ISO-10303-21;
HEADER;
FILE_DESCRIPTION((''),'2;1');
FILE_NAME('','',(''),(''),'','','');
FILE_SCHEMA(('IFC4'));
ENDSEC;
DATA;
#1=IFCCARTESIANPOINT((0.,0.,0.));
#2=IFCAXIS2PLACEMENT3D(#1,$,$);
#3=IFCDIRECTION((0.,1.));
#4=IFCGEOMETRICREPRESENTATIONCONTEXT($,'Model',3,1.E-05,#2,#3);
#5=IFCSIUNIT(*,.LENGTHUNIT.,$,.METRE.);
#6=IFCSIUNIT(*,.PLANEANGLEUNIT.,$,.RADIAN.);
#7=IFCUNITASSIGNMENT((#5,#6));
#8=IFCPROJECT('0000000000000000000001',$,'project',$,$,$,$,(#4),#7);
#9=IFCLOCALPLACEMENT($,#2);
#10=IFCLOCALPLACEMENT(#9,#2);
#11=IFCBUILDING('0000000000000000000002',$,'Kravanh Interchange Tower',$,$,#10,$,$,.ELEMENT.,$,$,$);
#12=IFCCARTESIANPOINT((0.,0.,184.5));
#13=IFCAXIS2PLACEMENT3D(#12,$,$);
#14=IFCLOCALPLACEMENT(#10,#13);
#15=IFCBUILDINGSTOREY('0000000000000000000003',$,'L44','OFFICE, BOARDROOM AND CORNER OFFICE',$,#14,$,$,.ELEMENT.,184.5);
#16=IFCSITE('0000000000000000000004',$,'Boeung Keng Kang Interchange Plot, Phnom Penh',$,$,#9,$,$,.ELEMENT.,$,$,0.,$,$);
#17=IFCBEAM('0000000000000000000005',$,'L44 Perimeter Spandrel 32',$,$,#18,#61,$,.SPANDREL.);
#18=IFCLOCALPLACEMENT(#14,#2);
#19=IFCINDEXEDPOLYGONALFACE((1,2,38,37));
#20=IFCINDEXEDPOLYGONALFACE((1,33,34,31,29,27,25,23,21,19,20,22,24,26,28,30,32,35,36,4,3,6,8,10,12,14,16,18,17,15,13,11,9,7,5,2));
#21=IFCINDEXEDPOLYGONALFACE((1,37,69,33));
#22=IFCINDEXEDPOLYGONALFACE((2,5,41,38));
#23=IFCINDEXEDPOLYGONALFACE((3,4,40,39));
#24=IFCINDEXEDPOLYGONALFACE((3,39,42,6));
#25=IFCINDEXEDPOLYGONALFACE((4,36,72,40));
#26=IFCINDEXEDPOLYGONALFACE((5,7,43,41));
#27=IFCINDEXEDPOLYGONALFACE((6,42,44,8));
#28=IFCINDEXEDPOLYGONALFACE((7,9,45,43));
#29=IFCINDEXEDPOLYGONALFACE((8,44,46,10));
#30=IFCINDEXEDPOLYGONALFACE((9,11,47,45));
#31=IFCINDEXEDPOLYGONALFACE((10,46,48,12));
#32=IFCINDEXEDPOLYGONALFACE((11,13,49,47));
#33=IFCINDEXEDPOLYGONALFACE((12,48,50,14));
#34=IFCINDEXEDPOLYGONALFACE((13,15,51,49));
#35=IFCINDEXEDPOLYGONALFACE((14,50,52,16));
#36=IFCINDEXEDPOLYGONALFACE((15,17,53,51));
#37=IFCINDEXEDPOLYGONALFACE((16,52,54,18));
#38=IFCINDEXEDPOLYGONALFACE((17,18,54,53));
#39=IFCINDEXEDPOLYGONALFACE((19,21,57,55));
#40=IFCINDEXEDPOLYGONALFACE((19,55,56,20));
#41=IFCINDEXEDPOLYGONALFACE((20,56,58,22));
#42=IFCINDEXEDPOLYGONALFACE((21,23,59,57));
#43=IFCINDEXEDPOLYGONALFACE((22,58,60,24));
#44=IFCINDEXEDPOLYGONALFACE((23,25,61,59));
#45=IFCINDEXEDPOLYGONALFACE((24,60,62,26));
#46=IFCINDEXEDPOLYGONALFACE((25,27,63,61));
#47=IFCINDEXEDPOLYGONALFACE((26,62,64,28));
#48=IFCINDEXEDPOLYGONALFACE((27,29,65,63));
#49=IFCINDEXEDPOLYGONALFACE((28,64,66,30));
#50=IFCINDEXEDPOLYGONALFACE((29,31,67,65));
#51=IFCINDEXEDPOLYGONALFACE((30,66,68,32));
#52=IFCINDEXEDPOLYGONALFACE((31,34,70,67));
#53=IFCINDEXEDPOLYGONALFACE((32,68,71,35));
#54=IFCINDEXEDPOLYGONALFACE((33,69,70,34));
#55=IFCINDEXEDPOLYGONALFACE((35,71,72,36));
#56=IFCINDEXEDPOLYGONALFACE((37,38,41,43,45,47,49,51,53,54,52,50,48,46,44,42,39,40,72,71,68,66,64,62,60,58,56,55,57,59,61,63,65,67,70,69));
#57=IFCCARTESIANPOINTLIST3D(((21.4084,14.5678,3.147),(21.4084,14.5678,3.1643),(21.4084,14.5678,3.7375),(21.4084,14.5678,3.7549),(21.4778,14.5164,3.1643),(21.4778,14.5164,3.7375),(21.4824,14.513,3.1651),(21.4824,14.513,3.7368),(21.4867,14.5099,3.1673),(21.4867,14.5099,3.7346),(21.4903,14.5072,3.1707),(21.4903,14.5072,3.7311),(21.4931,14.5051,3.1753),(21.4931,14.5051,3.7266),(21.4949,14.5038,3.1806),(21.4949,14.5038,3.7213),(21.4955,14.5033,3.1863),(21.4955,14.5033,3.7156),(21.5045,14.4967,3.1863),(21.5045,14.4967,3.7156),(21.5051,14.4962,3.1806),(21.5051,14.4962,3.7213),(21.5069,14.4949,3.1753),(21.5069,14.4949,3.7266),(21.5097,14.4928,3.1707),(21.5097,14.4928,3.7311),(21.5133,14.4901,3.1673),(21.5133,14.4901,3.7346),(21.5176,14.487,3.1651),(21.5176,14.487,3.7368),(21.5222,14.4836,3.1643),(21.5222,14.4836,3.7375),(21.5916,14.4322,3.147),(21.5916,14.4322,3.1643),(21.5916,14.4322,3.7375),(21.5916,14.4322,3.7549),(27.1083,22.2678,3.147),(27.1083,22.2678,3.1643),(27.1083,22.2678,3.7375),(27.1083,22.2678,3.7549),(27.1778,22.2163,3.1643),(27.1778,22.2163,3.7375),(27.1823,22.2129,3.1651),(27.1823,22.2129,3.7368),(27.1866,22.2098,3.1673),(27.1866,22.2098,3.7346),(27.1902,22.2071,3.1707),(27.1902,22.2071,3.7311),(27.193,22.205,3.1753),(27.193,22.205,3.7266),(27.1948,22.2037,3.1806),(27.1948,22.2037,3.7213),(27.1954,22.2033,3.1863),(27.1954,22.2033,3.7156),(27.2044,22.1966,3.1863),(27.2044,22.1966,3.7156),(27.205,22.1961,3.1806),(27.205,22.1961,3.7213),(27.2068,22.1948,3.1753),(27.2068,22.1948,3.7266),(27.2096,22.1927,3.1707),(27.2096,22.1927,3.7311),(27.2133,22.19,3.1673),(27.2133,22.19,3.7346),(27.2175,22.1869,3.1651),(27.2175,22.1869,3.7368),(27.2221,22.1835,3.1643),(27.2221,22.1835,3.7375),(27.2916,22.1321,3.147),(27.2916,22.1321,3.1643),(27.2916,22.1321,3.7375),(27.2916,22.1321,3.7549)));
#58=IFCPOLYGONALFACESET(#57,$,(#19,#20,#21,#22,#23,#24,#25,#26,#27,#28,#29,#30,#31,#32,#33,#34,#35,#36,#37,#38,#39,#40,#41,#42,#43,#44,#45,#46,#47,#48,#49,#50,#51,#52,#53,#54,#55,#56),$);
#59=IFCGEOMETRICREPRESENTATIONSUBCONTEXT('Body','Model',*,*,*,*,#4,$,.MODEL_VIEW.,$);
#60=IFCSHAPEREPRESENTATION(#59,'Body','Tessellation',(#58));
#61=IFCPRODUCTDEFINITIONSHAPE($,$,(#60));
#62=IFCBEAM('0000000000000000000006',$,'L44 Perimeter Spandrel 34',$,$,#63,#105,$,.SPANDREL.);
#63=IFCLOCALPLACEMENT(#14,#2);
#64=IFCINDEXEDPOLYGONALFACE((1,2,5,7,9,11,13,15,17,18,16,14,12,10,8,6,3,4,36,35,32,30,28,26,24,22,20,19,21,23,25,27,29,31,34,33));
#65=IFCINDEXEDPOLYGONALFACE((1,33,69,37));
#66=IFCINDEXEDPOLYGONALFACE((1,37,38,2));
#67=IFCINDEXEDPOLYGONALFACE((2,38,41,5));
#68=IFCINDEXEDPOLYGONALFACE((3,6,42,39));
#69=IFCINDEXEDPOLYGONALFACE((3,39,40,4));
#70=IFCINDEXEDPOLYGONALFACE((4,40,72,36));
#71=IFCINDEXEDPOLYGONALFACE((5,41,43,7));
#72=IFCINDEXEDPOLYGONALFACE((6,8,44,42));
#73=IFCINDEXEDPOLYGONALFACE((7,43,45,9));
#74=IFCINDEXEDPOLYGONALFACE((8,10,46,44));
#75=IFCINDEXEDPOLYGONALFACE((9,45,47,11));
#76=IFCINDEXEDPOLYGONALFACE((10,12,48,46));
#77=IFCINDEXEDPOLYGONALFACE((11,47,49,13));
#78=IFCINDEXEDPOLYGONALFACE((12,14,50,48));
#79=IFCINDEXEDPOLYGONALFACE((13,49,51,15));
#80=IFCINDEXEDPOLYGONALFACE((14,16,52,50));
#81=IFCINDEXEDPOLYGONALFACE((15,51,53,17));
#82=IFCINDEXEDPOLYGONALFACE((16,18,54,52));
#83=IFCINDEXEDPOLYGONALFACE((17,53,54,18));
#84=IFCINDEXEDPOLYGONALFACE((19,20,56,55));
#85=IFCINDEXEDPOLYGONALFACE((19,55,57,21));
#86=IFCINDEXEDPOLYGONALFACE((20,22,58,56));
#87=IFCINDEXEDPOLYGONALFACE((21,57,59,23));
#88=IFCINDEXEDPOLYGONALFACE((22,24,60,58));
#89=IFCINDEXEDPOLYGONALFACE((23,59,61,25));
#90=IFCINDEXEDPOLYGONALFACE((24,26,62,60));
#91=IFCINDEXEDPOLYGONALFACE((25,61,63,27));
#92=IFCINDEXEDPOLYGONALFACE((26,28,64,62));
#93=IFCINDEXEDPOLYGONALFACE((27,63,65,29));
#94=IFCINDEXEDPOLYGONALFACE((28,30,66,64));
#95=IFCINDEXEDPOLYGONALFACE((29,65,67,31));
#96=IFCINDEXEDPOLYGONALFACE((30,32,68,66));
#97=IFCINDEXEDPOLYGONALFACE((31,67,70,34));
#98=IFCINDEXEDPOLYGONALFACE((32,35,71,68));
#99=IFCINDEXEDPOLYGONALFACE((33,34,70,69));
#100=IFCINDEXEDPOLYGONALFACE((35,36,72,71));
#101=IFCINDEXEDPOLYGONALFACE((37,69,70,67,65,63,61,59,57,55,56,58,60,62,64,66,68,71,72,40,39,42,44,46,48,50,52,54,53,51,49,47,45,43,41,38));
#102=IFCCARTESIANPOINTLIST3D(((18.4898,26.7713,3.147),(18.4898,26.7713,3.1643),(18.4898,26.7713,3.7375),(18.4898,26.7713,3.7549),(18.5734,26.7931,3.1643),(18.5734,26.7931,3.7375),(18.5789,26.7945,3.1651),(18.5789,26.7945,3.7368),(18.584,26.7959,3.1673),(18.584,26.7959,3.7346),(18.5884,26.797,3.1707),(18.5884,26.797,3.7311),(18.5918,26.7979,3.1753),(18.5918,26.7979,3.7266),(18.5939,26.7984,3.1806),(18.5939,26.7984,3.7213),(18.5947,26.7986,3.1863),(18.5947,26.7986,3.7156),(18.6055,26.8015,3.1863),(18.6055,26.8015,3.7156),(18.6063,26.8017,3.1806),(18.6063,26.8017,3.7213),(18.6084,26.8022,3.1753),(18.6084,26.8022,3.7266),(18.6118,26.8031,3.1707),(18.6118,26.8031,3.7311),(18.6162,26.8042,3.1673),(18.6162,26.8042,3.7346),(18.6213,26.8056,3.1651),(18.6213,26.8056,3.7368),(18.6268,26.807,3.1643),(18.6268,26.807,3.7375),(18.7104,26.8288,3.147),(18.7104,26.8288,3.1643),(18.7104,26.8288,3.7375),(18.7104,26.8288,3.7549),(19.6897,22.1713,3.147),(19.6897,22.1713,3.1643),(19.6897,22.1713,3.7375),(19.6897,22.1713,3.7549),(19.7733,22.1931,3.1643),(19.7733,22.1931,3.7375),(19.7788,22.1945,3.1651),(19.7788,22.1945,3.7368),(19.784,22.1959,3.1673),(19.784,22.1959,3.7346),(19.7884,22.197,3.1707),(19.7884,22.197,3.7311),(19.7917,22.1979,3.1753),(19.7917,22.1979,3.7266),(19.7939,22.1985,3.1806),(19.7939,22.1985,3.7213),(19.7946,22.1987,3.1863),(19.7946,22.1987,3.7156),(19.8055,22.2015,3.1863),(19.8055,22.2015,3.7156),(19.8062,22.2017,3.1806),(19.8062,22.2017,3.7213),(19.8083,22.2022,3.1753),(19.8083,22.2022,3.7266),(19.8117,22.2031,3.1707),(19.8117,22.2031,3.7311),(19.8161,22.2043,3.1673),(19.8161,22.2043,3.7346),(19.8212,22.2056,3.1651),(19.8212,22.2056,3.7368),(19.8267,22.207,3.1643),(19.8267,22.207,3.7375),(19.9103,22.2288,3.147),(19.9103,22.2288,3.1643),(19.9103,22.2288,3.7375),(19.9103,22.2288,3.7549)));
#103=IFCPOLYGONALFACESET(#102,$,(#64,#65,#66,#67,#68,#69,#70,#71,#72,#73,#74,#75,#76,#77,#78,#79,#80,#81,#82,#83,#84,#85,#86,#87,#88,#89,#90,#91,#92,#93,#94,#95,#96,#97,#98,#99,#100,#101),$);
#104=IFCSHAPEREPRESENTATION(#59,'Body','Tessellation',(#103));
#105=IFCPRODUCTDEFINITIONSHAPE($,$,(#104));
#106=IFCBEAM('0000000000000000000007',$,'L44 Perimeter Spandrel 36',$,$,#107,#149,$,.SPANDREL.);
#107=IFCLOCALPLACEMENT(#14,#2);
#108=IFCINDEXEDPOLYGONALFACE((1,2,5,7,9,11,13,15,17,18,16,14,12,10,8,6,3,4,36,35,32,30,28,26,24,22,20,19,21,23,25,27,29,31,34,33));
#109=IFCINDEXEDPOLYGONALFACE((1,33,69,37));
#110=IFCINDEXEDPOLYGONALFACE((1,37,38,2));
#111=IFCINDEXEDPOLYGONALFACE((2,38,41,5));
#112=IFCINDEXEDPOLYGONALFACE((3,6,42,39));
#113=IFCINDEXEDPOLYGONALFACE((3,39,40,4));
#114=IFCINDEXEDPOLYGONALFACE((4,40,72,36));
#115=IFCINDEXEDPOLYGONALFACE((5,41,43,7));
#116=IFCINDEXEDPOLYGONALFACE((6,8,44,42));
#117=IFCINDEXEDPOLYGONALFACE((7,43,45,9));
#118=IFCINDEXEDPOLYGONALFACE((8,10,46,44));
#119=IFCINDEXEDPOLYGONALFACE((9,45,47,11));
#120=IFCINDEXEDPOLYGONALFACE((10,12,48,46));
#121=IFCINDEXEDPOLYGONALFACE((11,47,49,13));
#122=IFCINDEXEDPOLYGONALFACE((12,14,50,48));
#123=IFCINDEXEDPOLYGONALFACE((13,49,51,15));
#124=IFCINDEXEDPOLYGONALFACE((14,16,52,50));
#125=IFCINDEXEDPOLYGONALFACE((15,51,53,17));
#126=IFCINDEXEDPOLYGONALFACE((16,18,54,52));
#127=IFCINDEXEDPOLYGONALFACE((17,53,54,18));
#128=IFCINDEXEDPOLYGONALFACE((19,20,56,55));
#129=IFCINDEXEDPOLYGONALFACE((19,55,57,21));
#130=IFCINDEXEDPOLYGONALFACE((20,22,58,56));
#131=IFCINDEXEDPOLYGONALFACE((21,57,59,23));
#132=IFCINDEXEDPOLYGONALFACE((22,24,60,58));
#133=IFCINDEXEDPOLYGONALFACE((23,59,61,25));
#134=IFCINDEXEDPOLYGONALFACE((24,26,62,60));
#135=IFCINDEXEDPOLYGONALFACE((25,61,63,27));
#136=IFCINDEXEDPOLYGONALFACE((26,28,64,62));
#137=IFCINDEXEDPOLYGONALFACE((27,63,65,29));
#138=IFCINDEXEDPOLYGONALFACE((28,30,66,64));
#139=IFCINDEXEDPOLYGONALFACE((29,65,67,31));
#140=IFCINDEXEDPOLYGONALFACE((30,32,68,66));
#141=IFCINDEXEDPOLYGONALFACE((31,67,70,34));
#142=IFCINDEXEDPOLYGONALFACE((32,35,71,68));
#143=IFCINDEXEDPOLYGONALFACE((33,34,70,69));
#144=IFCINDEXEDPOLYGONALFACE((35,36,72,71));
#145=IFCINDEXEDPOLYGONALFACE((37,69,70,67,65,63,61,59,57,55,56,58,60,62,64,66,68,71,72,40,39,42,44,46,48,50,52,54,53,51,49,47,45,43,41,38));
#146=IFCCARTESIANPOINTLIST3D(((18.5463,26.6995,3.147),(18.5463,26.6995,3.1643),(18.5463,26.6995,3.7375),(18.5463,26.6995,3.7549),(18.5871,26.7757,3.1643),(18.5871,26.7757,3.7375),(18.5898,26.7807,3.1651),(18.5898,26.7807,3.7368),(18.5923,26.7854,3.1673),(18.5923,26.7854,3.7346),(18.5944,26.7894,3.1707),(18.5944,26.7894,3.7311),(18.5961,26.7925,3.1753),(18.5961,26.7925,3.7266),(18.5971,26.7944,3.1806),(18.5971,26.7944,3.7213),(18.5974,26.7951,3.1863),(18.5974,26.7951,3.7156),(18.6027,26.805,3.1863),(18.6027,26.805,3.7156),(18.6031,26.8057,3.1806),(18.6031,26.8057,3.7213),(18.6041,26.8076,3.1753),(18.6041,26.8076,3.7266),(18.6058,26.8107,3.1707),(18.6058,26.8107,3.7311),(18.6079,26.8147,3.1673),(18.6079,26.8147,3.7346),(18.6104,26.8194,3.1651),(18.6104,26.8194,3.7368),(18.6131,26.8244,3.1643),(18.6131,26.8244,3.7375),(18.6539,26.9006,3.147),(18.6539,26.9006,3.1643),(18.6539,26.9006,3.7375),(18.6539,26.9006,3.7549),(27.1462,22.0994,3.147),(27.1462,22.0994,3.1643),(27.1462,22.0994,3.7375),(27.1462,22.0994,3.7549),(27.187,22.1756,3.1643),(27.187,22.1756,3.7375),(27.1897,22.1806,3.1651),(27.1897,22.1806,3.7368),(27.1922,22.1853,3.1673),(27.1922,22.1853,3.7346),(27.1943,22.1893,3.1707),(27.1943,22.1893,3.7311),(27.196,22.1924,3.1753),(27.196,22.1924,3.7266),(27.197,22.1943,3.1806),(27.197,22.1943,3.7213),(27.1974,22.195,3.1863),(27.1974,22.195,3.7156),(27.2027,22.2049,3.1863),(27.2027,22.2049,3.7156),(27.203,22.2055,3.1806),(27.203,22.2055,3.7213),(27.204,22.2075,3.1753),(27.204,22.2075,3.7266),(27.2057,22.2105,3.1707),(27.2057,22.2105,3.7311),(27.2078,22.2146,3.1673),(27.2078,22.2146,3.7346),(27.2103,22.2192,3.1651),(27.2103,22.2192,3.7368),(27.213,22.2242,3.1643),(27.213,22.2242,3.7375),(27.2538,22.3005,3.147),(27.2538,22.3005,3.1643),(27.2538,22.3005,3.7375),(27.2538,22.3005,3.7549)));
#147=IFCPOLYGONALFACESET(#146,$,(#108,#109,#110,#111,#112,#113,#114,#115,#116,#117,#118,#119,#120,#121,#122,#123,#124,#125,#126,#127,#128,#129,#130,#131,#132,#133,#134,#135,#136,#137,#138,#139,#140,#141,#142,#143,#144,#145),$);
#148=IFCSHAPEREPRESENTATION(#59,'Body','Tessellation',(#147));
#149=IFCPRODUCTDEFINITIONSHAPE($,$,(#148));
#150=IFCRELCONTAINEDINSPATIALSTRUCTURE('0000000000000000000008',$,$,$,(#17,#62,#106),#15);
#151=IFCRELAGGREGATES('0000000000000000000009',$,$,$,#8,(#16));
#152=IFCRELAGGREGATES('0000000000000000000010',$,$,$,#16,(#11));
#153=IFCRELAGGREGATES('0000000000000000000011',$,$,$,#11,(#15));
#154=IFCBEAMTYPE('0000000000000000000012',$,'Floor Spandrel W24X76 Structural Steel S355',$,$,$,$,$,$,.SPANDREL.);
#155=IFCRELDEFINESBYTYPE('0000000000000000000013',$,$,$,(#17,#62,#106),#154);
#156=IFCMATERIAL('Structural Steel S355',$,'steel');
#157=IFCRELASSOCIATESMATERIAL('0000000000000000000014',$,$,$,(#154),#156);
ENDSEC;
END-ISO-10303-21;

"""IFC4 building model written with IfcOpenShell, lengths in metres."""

from ifc_helpers import new_model, si_unit, direction, frame, origin, origin_2d, place, context, subcontext, project, spatial, i_section, extrude, material, material_profile, profile_set, type_object, element, save


model = new_model("IFC4")

# Units and contexts
model_context = context("Model", 3, precision=1e-05, world=origin(), true_north=direction((0.0, 1.0)))
body_context = subcontext(model_context, "Body", "Model", "MODEL_VIEW")
ifc_project = project(units=[si_unit("LENGTHUNIT", "METRE"), si_unit("PLANEANGLEUNIT", "RADIAN")], contexts=[model_context])

# Site, building, storey
site_placement = place(None, origin())
site = spatial("IfcSite", under=ifc_project, at=site_placement, Name="Boeung Keng Kang Interchange Plot, Phnom Penh", CompositionType="ELEMENT", RefElevation=0.0)
building_placement = place(site_placement, origin())
building = spatial("IfcBuilding", under=site, at=building_placement, Name="Kravanh Interchange Tower", CompositionType="ELEMENT")
storey_placement = place(building_placement, frame((0.0, 0.0, 184.5)))
storey = spatial("IfcBuildingStorey", under=building, at=storey_placement, Name="L44", Description="OFFICE, BOARDROOM AND CORNER OFFICE", CompositionType="ELEMENT", Elevation=184.5)

# Beams
ifc_material_1 = material(Name="Structural Steel S355", Category="steel")
ifc_material_profile_1 = material_profile(ifc_material_1, i_section(OverallWidth=0.228, OverallDepth=0.6079, WebThickness=0.0112, FlangeThickness=0.0173, FilletRadius=0.022, at=origin_2d()), Name="W24X76")
ifc_profile_set_1 = profile_set([ifc_material_profile_1], Name="Structural Steel S355")
beam_type_1 = type_object("IfcBeamType", Name="Floor Spandrel W24X76 Structural Steel S355", PredefinedType="SPANDREL", material=ifc_profile_set_1)
beam_1_placement = place(storey_placement, frame((21.5, 14.5, 3.4509), z_axis=(0.594977, 0.803743, 0.0), x_axis=(-0.803743, 0.594977, 0.0)))
element("IfcBeam", 1, at=beam_1_placement, inside=storey, type_object=beam_type_1, Name="L44 Perimeter Spandrel 32", PredefinedType="SPANDREL", context=body_context, shape_type="SweptSolid", body=[
    extrude(i_section(OverallWidth=0.228, OverallDepth=0.6079, WebThickness=0.0112, FlangeThickness=0.0173, FilletRadius=0.022, at=origin_2d()), origin(), (0.0, 0.0, 1.0), 9.5801),
])
beam_2_placement = place(storey_placement, frame((18.6001, 26.8, 3.4509), z_axis=(0.252407, -0.967621, 0.0), x_axis=(0.967621, 0.252407, 0.0)))
element("IfcBeam", 2, at=beam_2_placement, inside=storey, type_object=beam_type_1, Name="L44 Perimeter Spandrel 34", PredefinedType="SPANDREL", context=body_context, shape_type="SweptSolid", body=[
    extrude(i_section(OverallWidth=0.228, OverallDepth=0.6079, WebThickness=0.0112, FlangeThickness=0.0173, FilletRadius=0.022, at=origin_2d()), origin(), (0.0, 0.0, 1.0), 4.7539),
])
beam_3_placement = place(storey_placement, frame((18.6001, 26.8, 3.4509), z_axis=(0.881777, -0.471666, 0.0), x_axis=(0.471666, 0.881777, 0.0)))
element("IfcBeam", 3, at=beam_3_placement, inside=storey, type_object=beam_type_1, Name="L44 Perimeter Spandrel 36", PredefinedType="SPANDREL", context=body_context, shape_type="SweptSolid", body=[
    extrude(i_section(OverallWidth=0.228, OverallDepth=0.6079, WebThickness=0.0112, FlangeThickness=0.0173, FilletRadius=0.022, at=origin_2d()), origin(), (0.0, 0.0, 1.0), 9.7529),
])

save(model, "model.ifc")
